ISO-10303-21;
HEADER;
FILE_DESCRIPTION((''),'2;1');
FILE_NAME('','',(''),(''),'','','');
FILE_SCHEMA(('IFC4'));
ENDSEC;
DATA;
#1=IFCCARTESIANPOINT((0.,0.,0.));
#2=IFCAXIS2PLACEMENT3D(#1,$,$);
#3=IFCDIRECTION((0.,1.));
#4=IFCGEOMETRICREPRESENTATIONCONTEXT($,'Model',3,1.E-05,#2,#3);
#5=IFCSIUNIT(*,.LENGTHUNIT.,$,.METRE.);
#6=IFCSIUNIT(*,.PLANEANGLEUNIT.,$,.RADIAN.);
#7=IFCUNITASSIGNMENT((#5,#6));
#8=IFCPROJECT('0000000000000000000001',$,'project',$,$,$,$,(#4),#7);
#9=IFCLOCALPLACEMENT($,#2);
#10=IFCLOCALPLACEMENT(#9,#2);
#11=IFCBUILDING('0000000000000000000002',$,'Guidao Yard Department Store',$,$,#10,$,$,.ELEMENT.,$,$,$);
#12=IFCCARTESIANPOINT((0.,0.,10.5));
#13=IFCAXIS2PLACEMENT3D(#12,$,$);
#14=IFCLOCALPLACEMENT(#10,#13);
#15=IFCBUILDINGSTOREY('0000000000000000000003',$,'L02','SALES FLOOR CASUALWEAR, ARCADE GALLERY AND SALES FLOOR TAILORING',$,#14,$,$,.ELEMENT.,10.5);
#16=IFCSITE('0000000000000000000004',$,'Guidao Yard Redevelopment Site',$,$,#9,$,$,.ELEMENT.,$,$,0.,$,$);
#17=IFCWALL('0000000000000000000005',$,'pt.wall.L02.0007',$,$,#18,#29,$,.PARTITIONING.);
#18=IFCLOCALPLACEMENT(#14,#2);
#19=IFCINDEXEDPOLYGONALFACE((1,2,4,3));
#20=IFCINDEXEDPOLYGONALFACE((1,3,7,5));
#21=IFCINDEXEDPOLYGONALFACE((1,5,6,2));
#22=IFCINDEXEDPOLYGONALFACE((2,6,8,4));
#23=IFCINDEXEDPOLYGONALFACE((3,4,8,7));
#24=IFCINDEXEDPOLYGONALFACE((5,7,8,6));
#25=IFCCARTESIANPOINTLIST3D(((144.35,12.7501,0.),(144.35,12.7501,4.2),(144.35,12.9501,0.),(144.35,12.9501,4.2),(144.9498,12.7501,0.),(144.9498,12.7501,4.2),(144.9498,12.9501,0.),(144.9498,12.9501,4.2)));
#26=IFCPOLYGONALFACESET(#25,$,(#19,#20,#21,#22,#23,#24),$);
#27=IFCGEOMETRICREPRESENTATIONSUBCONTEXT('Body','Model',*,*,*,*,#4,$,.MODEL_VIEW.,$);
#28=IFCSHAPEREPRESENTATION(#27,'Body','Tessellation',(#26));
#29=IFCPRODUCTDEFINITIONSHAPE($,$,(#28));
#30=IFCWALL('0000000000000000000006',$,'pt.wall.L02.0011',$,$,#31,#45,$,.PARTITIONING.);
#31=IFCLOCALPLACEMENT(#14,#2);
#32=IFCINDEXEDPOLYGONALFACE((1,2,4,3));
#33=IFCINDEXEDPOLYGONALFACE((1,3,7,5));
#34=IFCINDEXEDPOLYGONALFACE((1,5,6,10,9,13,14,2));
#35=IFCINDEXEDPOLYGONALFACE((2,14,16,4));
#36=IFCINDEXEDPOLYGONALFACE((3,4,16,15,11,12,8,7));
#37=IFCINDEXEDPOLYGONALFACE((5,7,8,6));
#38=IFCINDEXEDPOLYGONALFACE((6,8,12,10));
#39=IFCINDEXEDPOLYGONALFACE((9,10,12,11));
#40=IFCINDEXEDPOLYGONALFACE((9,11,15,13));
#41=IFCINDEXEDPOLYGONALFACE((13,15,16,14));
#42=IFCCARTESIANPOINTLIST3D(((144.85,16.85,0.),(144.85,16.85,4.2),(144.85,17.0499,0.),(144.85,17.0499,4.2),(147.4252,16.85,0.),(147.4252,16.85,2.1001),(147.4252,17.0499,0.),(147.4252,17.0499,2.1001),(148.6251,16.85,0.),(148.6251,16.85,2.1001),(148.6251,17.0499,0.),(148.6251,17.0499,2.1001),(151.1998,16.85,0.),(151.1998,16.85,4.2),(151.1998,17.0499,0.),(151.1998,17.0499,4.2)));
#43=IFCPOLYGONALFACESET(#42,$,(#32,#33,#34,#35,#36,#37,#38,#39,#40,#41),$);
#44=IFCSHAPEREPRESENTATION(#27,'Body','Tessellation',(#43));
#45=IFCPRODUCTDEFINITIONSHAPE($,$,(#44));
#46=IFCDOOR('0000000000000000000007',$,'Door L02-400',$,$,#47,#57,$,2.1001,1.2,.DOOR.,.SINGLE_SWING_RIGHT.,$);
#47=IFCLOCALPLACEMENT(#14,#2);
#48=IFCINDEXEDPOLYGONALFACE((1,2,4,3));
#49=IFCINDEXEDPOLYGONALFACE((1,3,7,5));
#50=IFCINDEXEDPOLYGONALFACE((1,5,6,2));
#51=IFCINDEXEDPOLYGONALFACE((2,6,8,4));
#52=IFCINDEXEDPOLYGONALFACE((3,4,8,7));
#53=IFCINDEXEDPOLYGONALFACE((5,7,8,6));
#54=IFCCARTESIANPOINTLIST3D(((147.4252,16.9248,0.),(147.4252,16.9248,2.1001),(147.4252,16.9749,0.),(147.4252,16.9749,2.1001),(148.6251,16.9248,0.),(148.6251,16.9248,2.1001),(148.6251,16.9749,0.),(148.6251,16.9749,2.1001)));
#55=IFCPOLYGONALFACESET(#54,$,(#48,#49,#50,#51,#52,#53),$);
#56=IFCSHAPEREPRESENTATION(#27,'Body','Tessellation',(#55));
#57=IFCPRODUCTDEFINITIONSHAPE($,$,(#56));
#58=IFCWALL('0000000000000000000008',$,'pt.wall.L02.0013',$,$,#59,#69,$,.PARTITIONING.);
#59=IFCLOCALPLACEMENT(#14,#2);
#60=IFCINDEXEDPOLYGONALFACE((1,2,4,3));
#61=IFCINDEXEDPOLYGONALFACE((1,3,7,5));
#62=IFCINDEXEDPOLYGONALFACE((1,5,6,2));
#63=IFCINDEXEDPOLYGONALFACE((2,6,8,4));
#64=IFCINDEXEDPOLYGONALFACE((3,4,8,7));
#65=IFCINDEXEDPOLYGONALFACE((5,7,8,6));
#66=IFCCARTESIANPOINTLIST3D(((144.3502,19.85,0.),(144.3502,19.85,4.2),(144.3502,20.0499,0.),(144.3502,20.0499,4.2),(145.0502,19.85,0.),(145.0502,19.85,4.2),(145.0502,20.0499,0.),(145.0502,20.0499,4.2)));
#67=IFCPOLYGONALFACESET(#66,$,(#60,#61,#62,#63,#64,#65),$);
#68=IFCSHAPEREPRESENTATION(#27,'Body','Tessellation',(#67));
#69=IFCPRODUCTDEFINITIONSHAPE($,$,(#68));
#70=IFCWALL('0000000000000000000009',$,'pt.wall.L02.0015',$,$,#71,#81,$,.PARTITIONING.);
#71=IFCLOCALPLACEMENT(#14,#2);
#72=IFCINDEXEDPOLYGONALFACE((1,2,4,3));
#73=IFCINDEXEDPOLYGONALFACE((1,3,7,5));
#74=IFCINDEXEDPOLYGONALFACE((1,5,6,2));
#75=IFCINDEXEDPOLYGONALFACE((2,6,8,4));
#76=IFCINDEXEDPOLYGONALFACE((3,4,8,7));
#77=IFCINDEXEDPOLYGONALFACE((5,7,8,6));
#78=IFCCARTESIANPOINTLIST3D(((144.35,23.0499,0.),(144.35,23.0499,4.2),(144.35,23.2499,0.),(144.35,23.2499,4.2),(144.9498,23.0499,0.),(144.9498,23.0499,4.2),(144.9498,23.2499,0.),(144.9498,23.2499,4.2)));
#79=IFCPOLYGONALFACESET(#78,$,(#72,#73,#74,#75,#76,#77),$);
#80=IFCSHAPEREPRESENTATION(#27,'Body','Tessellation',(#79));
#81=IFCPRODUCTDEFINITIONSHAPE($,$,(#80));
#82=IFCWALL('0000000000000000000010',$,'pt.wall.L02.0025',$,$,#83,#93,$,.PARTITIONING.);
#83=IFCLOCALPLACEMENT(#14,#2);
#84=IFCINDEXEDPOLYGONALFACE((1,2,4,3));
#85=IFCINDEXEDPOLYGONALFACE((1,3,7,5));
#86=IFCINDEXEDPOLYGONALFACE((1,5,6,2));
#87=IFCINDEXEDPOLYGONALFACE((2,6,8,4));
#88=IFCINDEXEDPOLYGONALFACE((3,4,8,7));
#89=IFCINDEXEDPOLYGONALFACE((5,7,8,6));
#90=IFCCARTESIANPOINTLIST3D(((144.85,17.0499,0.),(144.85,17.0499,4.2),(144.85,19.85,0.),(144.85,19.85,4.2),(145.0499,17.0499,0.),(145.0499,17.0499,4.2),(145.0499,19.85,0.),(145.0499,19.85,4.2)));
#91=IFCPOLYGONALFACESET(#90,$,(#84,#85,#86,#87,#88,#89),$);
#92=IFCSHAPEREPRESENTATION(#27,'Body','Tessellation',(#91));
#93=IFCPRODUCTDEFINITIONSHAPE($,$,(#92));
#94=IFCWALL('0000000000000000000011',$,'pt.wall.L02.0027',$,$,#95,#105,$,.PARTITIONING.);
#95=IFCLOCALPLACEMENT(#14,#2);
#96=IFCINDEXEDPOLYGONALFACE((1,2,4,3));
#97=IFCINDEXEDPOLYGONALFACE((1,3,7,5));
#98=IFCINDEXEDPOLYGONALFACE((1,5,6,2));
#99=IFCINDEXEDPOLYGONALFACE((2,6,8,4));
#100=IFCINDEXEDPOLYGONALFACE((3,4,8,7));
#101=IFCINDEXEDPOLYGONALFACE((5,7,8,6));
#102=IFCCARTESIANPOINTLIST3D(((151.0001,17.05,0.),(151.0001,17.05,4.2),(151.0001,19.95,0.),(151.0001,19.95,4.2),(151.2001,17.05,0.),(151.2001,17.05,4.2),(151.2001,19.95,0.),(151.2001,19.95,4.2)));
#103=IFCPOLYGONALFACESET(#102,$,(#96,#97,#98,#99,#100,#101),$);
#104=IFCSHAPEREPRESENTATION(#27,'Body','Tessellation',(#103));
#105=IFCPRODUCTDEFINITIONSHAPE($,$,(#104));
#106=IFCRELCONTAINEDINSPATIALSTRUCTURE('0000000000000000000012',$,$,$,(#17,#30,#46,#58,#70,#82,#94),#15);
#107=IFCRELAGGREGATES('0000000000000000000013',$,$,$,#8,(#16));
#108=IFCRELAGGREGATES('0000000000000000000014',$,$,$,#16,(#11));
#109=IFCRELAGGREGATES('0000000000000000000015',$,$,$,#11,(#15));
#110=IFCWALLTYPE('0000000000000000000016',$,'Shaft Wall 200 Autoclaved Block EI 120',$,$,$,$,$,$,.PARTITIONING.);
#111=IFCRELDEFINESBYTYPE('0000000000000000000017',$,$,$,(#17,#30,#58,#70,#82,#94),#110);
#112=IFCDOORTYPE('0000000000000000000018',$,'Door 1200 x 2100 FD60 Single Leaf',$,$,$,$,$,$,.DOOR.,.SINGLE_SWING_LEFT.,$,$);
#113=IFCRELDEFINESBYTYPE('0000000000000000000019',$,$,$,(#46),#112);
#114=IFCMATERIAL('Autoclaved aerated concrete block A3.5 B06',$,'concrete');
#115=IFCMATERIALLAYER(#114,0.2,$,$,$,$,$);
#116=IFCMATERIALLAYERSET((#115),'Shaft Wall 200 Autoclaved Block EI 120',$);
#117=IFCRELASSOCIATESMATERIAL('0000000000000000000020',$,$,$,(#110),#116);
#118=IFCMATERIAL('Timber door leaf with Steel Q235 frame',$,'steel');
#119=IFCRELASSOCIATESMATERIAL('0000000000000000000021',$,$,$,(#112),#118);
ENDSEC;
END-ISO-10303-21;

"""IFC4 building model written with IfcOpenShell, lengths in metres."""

from ifc_helpers import new_model, si_unit, direction, frame, frame_2d, origin, place, context, subcontext, project, spatial, rectangle, extrude, material, layer, layer_set, type_object, element, fill, save


model = new_model("IFC4")

# Units and contexts
model_context = context("Model", 3, precision=1e-05, world=origin(), true_north=direction((0.0, 1.0)))
body_context = subcontext(model_context, "Body", "Model", "MODEL_VIEW")
ifc_project = project(units=[si_unit("LENGTHUNIT", "METRE"), si_unit("PLANEANGLEUNIT", "RADIAN")], contexts=[model_context])

# Site, building, storey
site_placement = place(None, origin())
site = spatial("IfcSite", under=ifc_project, at=site_placement, Name="Guidao Yard Redevelopment Site", CompositionType="ELEMENT", RefElevation=0.0)
building_placement = place(site_placement, origin())
building = spatial("IfcBuilding", under=site, at=building_placement, Name="Guidao Yard Department Store", CompositionType="ELEMENT")
storey_placement = place(building_placement, frame((0.0, 0.0, 10.5)))
storey = spatial("IfcBuildingStorey", under=building, at=storey_placement, Name="L02", Description="SALES FLOOR CASUALWEAR, ARCADE GALLERY AND SALES FLOOR TAILORING", CompositionType="ELEMENT", Elevation=10.5)

# Wall
ifc_material_1 = material(Name="Autoclaved aerated concrete block A3.5 B06", Category="concrete")
ifc_layer_1 = layer(ifc_material_1, 0.2)
ifc_layer_set_1 = layer_set([ifc_layer_1], Name="Shaft Wall 200 Autoclaved Block EI 120")
wall_type_1 = type_object("IfcWallType", Name="Shaft Wall 200 Autoclaved Block EI 120", PredefinedType="PARTITIONING", material=ifc_layer_set_1)
wall_1_placement = place(storey_placement, frame((144.3501, 12.8501, 0.0), z_axis=(0.0, 0.0, 1.0), x_axis=(1.0, 0.0, 0.0)))
element("IfcWall", 1, at=wall_1_placement, inside=storey, type_object=wall_type_1, Name="pt.wall.L02.0007", PredefinedType="PARTITIONING", context=body_context, shape_type="SweptSolid", body=[
    extrude(rectangle(XDim=0.5999, YDim=0.2, at=frame_2d((0.2998, 0.0))), origin(), (0.0, 0.0, 1.0), 4.2),
])

# Wall, opening, door
wall_2_placement = place(storey_placement, frame((144.8501, 16.95, 0.0), z_axis=(0.0, 0.0, 1.0), x_axis=(1.0, 0.0, 0.0)))
wall_2 = element("IfcWall", 2, at=wall_2_placement, inside=storey, type_object=wall_type_1, Name="pt.wall.L02.0011", PredefinedType="PARTITIONING", context=body_context, shape_type="SweptSolid", body=[
    extrude(rectangle(XDim=6.3499, YDim=0.2, at=frame_2d((3.1748, 0.0))), origin(), (0.0, 0.0, 1.0), 4.2),
])
opening_1_placement = place(wall_2_placement, frame((2.575, 0.0, 0.0)))
opening_1 = element("IfcOpeningElement", 3, at=opening_1_placement, cuts=wall_2, PredefinedType="OPENING", context=body_context, shape_type="SweptSolid", body=[
    extrude(rectangle(XDim=1.2, YDim=2.1001, at=frame_2d((0.6001, 1.05))), frame((0.0, 0.1099, 0.0), z_axis=(0.0, -1.0, 0.0), x_axis=(1.0, 0.0, 0.0)), (0.0, 0.0, 1.0), 0.22),
])
ifc_material_2 = material(Name="Timber door leaf with Steel Q235 frame", Category="steel")
door_type_1 = type_object("IfcDoorType", Name="Door 1200 x 2100 FD60 Single Leaf", OperationType="SINGLE_SWING_LEFT", PredefinedType="DOOR", material=ifc_material_2)
door_1_placement = place(opening_1_placement, origin())
door_1 = element("IfcDoor", 4, at=door_1_placement, inside=storey, type_object=door_type_1, Name="Door L02-400", OperationType="SINGLE_SWING_RIGHT", OverallHeight=2.1001, OverallWidth=1.2, PredefinedType="DOOR", context=body_context, shape_type="SweptSolid", body=[
    extrude(rectangle(XDim=1.2, YDim=2.1001, at=frame_2d((0.6001, 1.05))), frame((0.0, 0.0249, 0.0), z_axis=(0.0, -1.0, 0.0), x_axis=(1.0, 0.0, 0.0)), (0.0, 0.0, 1.0), 0.05),
])
fill(opening_1, door_1)

# Walls
wall_3_placement = place(storey_placement, frame((144.3501, 19.95, 0.0), z_axis=(0.0, 0.0, 1.0), x_axis=(1.0, 0.0, 0.0)))
element("IfcWall", 5, at=wall_3_placement, inside=storey, type_object=wall_type_1, Name="pt.wall.L02.0013", PredefinedType="PARTITIONING", context=body_context, shape_type="SweptSolid", body=[
    extrude(rectangle(XDim=0.7, YDim=0.2, at=frame_2d((0.3501, 0.0))), origin(), (0.0, 0.0, 1.0), 4.2),
])
wall_4_placement = place(storey_placement, frame((144.3501, 23.1499, 0.0), z_axis=(0.0, 0.0, 1.0), x_axis=(1.0, 0.0, 0.0)))
element("IfcWall", 6, at=wall_4_placement, inside=storey, type_object=wall_type_1, Name="pt.wall.L02.0015", PredefinedType="PARTITIONING", context=body_context, shape_type="SweptSolid", body=[
    extrude(rectangle(XDim=0.5999, YDim=0.2, at=frame_2d((0.2998, 0.0))), origin(), (0.0, 0.0, 1.0), 4.2),
])
wall_5_placement = place(storey_placement, frame((144.95, 17.05, 0.0), z_axis=(0.0, 0.0, 1.0), x_axis=(0.0, 1.0, 0.0)))
element("IfcWall", 7, at=wall_5_placement, inside=storey, type_object=wall_type_1, Name="pt.wall.L02.0025", PredefinedType="PARTITIONING", context=body_context, shape_type="SweptSolid", body=[
    extrude(rectangle(XDim=2.8, YDim=0.2, at=frame_2d((1.3999, 0.0))), origin(), (0.0, 0.0, 1.0), 4.2),
])
wall_6_placement = place(storey_placement, frame((151.1001, 17.05, 0.0), z_axis=(0.0, 0.0, 1.0), x_axis=(0.0, 1.0, 0.0)))
element("IfcWall", 8, at=wall_6_placement, inside=storey, type_object=wall_type_1, Name="pt.wall.L02.0027", PredefinedType="PARTITIONING", context=body_context, shape_type="SweptSolid", body=[
    extrude(rectangle(XDim=2.8999, YDim=0.2, at=frame_2d((1.45, 0.0))), origin(), (0.0, 0.0, 1.0), 4.2),
])

save(model, "model.ifc")
